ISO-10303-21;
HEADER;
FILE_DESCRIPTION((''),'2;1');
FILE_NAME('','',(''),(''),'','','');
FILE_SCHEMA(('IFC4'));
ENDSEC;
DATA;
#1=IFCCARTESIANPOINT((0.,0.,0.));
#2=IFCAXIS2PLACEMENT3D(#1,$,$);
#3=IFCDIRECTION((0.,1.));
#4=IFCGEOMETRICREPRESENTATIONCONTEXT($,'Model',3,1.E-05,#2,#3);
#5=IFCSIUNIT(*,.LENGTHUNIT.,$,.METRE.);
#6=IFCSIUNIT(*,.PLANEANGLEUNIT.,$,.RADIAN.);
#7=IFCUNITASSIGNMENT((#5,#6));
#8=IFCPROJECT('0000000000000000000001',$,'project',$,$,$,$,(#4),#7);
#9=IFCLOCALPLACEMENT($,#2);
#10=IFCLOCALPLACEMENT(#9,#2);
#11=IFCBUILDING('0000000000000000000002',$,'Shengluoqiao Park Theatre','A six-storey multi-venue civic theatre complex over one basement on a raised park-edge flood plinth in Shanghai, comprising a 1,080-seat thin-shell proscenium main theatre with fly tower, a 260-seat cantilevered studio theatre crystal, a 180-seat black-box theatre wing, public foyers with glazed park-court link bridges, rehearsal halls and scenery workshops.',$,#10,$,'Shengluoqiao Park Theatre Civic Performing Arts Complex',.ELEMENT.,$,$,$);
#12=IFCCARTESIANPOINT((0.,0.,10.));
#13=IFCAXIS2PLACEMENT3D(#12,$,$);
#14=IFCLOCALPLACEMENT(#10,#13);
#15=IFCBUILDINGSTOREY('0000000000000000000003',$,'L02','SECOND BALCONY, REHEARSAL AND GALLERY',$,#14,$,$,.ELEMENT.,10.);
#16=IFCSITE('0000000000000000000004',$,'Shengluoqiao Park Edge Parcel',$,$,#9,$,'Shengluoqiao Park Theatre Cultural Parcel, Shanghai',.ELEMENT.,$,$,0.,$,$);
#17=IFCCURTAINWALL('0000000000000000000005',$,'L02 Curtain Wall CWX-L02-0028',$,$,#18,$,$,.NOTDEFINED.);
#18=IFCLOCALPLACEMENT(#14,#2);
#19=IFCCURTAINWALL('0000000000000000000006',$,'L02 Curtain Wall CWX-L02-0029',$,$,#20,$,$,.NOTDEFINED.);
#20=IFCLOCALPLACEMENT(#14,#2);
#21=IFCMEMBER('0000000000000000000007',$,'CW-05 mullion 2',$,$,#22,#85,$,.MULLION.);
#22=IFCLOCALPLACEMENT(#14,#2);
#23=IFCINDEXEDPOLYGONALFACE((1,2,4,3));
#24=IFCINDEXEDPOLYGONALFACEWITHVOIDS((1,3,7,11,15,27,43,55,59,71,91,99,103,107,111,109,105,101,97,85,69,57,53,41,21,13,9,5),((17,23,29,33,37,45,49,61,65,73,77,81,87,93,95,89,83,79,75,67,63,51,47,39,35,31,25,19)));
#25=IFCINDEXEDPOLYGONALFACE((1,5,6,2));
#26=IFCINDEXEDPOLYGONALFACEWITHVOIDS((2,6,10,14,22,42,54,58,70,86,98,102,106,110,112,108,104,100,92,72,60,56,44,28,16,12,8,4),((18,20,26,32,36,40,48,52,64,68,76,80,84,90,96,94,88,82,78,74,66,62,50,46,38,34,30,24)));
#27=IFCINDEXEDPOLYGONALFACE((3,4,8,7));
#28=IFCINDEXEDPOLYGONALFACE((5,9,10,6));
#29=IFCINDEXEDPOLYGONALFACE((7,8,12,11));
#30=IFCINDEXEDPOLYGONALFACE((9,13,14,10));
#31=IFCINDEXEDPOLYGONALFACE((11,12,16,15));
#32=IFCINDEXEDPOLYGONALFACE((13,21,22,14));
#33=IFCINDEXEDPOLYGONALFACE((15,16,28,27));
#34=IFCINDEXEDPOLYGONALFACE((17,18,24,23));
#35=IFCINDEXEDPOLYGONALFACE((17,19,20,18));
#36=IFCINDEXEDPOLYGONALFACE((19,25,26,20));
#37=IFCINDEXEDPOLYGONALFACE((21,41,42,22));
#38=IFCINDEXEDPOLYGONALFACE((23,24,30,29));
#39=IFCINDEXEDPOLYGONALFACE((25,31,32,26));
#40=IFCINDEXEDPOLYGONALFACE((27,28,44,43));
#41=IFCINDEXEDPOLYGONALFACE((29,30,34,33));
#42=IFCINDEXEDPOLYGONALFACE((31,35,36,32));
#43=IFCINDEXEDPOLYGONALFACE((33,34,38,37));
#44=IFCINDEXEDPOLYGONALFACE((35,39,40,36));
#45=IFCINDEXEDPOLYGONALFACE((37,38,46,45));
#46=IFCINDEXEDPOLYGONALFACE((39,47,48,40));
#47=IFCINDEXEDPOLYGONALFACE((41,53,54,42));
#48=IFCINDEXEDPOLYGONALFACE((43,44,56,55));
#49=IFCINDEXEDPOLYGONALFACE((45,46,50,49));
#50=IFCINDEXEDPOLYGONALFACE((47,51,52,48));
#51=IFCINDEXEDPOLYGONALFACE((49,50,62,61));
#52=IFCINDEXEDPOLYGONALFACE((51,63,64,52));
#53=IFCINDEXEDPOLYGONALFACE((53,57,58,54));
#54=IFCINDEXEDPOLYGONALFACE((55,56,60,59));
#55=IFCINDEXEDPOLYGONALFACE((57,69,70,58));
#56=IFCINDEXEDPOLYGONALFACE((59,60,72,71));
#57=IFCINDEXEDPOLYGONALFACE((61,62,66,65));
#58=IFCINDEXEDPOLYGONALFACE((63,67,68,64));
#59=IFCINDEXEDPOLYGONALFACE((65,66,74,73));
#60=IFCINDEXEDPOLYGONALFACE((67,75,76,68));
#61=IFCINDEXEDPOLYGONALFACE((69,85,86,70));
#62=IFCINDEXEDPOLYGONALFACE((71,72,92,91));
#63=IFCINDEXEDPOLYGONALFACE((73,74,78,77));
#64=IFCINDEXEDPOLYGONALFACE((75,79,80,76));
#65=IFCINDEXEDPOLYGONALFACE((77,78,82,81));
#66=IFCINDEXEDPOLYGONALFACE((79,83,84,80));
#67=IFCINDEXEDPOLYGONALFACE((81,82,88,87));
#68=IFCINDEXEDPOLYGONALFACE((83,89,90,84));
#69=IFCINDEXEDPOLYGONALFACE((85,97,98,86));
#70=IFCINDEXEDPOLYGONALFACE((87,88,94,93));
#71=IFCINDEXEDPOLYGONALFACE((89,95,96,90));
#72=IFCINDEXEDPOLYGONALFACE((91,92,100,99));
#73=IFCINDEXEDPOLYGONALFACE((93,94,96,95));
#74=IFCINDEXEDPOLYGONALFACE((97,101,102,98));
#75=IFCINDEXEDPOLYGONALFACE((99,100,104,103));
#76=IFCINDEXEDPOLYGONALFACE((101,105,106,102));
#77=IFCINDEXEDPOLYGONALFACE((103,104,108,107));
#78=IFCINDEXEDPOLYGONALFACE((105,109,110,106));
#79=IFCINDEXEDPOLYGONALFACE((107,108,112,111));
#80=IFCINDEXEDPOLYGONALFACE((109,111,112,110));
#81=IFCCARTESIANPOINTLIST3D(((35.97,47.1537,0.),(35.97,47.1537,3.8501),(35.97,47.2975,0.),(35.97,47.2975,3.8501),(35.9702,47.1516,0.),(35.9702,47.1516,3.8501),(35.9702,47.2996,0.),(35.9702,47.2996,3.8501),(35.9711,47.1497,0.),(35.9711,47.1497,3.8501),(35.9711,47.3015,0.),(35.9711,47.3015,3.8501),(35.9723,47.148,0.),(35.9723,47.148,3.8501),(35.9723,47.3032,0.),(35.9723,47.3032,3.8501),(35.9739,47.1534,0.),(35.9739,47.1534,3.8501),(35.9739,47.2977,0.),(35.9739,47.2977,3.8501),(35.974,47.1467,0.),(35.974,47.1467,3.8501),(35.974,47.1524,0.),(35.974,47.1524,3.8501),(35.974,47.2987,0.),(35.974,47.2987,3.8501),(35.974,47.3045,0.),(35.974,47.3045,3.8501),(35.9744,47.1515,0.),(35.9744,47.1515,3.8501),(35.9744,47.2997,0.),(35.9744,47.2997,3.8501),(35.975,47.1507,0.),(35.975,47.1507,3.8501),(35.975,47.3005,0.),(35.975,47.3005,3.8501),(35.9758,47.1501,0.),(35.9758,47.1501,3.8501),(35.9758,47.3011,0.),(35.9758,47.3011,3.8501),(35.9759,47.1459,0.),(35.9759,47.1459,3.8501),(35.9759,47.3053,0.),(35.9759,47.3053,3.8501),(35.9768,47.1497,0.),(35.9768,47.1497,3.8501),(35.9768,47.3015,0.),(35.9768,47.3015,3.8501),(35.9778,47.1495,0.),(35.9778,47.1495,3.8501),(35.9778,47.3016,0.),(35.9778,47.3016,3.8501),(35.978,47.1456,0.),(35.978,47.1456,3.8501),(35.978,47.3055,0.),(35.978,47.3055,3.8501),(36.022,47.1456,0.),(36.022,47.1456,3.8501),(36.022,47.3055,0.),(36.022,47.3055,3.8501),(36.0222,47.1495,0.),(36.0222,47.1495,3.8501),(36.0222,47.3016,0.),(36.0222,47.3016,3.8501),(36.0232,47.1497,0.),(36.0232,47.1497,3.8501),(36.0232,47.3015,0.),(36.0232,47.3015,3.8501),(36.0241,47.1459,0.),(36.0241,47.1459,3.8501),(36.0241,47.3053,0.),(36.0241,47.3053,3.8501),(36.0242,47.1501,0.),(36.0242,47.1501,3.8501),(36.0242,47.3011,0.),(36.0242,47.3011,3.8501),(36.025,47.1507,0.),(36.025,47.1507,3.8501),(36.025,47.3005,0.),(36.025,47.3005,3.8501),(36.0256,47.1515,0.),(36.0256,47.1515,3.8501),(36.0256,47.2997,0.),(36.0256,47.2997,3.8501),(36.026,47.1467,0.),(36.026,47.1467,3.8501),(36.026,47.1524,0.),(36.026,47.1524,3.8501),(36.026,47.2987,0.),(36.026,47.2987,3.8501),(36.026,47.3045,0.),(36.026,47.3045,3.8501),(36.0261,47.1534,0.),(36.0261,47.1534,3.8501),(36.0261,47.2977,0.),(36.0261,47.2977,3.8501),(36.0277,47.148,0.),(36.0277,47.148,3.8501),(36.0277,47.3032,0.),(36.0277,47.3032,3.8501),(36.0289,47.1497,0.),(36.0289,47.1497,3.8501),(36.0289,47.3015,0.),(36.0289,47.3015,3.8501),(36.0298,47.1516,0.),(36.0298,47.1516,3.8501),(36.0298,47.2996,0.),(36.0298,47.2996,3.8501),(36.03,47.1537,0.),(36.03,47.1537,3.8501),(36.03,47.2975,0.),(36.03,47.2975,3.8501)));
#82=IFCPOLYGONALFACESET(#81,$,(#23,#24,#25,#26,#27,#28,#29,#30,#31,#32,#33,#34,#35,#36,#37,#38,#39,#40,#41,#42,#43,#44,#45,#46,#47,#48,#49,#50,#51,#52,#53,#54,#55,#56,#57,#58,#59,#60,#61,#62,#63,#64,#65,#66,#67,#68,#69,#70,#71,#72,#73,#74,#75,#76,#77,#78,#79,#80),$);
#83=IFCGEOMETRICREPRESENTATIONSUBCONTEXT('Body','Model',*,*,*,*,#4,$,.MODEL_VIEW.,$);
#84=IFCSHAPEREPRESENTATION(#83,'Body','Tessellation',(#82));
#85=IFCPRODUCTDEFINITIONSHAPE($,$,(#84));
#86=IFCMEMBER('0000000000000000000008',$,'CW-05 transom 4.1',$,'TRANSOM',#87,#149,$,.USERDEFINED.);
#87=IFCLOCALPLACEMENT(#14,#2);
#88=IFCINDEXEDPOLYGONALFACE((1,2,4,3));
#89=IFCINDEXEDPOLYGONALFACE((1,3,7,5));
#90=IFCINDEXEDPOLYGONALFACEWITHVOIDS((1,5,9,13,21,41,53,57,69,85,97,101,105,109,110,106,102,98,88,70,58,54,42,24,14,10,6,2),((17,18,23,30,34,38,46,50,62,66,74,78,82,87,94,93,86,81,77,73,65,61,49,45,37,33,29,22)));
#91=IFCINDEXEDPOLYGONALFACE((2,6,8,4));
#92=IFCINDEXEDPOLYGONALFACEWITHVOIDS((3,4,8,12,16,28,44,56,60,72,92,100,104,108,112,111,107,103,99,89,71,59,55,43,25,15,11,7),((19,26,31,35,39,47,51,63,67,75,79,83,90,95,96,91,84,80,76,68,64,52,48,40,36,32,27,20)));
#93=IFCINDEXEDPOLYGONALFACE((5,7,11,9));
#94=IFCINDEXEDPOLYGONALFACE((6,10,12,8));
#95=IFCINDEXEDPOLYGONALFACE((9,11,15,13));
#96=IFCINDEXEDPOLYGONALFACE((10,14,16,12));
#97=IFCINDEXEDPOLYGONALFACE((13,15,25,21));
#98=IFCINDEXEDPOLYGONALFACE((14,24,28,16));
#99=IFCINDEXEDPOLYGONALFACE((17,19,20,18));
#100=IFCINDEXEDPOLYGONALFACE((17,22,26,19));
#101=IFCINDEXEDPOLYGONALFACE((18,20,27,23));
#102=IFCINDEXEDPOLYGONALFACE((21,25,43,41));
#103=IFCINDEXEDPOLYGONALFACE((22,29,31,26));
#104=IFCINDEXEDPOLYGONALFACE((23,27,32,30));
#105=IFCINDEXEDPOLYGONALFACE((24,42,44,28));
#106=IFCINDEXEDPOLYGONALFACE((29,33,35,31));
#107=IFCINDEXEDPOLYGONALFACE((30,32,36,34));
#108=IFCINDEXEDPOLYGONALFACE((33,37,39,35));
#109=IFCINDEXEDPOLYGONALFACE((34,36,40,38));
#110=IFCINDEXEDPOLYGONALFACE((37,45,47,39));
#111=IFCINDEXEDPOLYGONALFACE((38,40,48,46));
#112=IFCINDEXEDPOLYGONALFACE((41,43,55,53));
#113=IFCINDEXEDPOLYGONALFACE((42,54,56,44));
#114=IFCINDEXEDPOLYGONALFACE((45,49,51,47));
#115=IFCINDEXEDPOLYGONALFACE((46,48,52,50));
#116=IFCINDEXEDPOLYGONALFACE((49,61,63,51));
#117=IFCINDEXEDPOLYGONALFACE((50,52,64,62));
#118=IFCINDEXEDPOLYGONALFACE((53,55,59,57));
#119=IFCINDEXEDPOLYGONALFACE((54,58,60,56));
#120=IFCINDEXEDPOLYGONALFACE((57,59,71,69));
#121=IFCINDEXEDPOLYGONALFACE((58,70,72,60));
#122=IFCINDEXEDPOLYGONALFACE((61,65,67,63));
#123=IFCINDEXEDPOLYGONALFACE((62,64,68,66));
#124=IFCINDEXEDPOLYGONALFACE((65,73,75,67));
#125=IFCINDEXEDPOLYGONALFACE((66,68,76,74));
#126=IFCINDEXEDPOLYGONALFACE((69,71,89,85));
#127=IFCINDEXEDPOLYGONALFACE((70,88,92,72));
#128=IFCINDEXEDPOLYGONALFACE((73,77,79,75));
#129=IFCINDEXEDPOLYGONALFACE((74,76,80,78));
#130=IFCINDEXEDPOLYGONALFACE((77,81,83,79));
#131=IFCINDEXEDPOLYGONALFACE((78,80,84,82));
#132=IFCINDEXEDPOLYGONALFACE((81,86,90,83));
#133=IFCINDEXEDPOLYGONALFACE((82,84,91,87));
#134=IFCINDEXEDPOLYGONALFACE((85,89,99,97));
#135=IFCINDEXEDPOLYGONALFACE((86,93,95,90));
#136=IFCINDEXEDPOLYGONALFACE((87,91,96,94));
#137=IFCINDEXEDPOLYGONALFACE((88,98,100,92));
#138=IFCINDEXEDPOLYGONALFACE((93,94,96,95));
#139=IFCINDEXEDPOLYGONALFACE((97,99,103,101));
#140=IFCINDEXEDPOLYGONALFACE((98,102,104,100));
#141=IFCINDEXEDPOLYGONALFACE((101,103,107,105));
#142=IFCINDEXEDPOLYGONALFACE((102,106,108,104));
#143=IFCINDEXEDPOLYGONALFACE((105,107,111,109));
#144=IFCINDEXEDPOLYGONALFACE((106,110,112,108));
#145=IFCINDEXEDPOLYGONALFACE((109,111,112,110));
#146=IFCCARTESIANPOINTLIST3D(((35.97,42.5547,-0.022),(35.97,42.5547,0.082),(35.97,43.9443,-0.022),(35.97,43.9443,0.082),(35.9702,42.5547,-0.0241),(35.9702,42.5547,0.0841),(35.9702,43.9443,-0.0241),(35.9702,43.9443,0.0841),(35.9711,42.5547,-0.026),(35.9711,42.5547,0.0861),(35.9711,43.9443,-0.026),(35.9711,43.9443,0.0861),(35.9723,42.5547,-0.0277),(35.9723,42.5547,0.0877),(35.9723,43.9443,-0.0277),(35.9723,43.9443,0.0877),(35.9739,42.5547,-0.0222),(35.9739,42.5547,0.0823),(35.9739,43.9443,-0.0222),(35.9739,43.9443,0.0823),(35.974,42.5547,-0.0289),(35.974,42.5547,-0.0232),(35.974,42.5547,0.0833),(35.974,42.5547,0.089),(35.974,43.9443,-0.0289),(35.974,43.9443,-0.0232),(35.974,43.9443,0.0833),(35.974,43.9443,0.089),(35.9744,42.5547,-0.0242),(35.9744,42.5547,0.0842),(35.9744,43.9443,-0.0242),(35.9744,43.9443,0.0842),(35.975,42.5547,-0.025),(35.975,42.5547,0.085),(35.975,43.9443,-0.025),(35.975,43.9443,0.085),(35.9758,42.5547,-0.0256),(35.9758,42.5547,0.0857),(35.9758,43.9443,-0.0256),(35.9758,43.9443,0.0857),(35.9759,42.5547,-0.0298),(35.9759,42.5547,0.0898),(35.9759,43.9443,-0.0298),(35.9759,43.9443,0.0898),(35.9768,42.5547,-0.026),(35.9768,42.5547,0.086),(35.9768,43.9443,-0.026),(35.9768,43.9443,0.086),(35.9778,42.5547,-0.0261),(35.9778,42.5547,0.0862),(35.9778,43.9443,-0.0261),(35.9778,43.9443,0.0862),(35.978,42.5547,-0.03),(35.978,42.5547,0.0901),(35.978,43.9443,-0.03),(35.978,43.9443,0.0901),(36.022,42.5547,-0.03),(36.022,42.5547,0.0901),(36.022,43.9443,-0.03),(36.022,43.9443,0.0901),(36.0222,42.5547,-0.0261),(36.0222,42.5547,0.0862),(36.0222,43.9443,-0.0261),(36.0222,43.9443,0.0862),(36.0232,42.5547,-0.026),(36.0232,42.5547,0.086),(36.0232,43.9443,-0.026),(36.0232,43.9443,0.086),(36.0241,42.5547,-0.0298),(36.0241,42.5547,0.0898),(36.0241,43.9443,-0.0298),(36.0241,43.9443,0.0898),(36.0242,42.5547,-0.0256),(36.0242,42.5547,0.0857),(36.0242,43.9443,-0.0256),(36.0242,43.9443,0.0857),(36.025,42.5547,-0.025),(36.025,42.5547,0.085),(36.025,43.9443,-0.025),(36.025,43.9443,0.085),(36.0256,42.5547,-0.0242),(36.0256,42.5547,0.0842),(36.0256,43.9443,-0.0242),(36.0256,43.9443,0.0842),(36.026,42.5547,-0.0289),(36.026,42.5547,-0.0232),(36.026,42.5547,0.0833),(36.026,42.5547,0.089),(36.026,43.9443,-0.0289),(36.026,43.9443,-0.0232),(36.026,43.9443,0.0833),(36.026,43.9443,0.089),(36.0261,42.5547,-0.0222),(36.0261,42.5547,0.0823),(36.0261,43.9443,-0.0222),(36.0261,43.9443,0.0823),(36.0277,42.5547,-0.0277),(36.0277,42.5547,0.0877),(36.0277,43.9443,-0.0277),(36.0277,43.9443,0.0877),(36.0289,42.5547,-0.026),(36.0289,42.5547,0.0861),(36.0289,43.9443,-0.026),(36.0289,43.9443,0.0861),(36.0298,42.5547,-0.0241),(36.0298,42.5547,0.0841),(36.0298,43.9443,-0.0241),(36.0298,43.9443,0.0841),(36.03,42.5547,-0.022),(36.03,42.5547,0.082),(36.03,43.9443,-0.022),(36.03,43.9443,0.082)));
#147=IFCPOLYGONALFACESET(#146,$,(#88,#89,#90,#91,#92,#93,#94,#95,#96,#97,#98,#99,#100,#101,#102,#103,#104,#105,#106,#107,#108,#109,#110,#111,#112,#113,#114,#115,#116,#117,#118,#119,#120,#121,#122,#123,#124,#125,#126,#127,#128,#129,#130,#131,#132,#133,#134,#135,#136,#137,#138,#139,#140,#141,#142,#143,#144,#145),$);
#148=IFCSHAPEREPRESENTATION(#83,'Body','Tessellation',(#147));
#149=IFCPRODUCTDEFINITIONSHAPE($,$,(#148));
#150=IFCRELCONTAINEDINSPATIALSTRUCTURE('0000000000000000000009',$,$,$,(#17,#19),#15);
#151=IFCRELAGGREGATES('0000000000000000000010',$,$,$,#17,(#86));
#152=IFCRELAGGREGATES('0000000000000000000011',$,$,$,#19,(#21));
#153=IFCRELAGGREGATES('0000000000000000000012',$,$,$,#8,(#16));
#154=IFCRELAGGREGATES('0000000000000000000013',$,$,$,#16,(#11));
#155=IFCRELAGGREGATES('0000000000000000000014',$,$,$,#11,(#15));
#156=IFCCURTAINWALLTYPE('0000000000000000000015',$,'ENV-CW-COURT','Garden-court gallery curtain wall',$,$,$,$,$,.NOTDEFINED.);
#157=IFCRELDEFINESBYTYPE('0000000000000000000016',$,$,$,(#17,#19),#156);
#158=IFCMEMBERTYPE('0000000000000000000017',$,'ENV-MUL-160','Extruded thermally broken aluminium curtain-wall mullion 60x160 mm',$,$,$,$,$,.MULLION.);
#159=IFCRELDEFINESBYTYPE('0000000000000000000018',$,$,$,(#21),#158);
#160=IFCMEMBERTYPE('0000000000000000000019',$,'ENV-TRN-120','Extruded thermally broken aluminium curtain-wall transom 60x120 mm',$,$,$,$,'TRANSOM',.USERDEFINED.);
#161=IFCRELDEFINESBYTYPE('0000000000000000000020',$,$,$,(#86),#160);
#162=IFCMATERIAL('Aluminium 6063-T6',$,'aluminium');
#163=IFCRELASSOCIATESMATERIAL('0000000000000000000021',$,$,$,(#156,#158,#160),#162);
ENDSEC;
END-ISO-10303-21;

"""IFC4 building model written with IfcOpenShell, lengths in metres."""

from ifc_helpers import new_model, si_unit, direction, frame, origin, origin_2d, place, context, subcontext, project, spatial, hollow_rectangle, extrude, material, material_profile, profile_set, type_object, element, aggregate, save


model = new_model("IFC4")

# Units and contexts
model_context = context("Model", 3, precision=1e-05, world=origin(), true_north=direction((0.0, 1.0)))
body_context = subcontext(model_context, "Body", "Model", "MODEL_VIEW")
ifc_project = project(units=[si_unit("LENGTHUNIT", "METRE"), si_unit("PLANEANGLEUNIT", "RADIAN")], contexts=[model_context])

# Site, building, storey
site_placement = place(None, origin())
site = spatial("IfcSite", under=ifc_project, at=site_placement, Name="Shengluoqiao Park Edge Parcel", LongName="Shengluoqiao Park Theatre Cultural Parcel, Shanghai", CompositionType="ELEMENT", RefElevation=0.0)
building_placement = place(site_placement, origin())
building = spatial("IfcBuilding", under=site, at=building_placement, Name="Shengluoqiao Park Theatre", Description="A six-storey multi-venue civic theatre complex over one basement on a raised park-edge flood plinth in Shanghai, comprising a 1,080-seat thin-shell proscenium main theatre with fly tower, a 260-seat cantilevered studio theatre crystal, a 180-seat black-box theatre wing, public foyers with glazed park-court link bridges, rehearsal halls and scenery workshops.", LongName="Shengluoqiao Park Theatre Civic Performing Arts Complex", CompositionType="ELEMENT")
storey_placement = place(building_placement, frame((0.0, 0.0, 10.0)))
storey = spatial("IfcBuildingStorey", under=building, at=storey_placement, Name="L02", Description="SECOND BALCONY, REHEARSAL AND GALLERY", CompositionType="ELEMENT", Elevation=10.0)

# Curtain walls, member
ifc_material_1 = material(Name="Aluminium 6063-T6", Category="aluminium")
curtain_wall_type = type_object("IfcCurtainWallType", Name="ENV-CW-COURT", Description="Garden-court gallery curtain wall", PredefinedType="NOTDEFINED", material=ifc_material_1)
curtain_wall_1_placement = place(storey_placement, origin())
curtain_wall_1 = element("IfcCurtainWall", 1, at=curtain_wall_1_placement, inside=storey, type_object=curtain_wall_type, Name="L02 Curtain Wall CWX-L02-0028", PredefinedType="NOTDEFINED")
ifc_material_profile_1 = material_profile(ifc_material_1, hollow_rectangle(XDim=0.0601, YDim=0.1599, WallThickness=0.0039, InnerFilletRadius=0.0039, OuterFilletRadius=0.0081, at=origin_2d()), Name="ALU MULLION 160x60x4")
ifc_profile_set_1 = profile_set([ifc_material_profile_1], Name="Aluminium 6063-T6")
member_type_1 = type_object("IfcMemberType", Name="ENV-MUL-160", Description="Extruded thermally broken aluminium curtain-wall mullion 60x160 mm", PredefinedType="MULLION", material=ifc_profile_set_1)
curtain_wall_2_placement = place(storey_placement, origin())
curtain_wall_2 = element("IfcCurtainWall", 2, at=curtain_wall_2_placement, inside=storey, type_object=curtain_wall_type, Name="L02 Curtain Wall CWX-L02-0029", PredefinedType="NOTDEFINED")
member_1_placement = place(storey_placement, frame((36.0, 47.2256, 0.0), z_axis=(0.0, 0.0, 1.0), x_axis=(-1.0, 0.0, 0.0)))
member_1 = element("IfcMember", 3, at=member_1_placement, type_object=member_type_1, Name="CW-05 mullion 2", PredefinedType="MULLION", context=body_context, shape_type="SweptSolid", body=[
    extrude(hollow_rectangle(XDim=0.0601, YDim=0.1599, WallThickness=0.0039, InnerFilletRadius=0.0039, OuterFilletRadius=0.0081, at=origin_2d()), origin(), (0.0, 0.0, 1.0), 3.8501),
])

# Member
ifc_material_profile_2 = material_profile(ifc_material_1, hollow_rectangle(XDim=0.0601, YDim=0.1201, WallThickness=0.0039, InnerFilletRadius=0.0039, OuterFilletRadius=0.0081, at=origin_2d()), Name="ALU TRANSOM 120x60x4")
ifc_profile_set_2 = profile_set([ifc_material_profile_2], Name="Aluminium 6063-T6")
member_type_2 = type_object("IfcMemberType", Name="ENV-TRN-120", Description="Extruded thermally broken aluminium curtain-wall transom 60x120 mm", ElementType="TRANSOM", PredefinedType="USERDEFINED", material=ifc_profile_set_2)
member_2_placement = place(storey_placement, frame((36.0, 42.5547, 0.03), z_axis=(0.0, 1.0, 0.0), x_axis=(-1.0, 0.0, 0.0)))
member_2 = element("IfcMember", 4, at=member_2_placement, type_object=member_type_2, Name="CW-05 transom 4.1", ObjectType="TRANSOM", PredefinedType="USERDEFINED", context=body_context, shape_type="SweptSolid", body=[
    extrude(hollow_rectangle(XDim=0.0601, YDim=0.1201, WallThickness=0.0039, InnerFilletRadius=0.0039, OuterFilletRadius=0.0081, at=origin_2d()), origin(), (0.0, 0.0, 1.0), 1.3896),
])

aggregate(curtain_wall_1, [member_2])
aggregate(curtain_wall_2, [member_1])

save(model, "model.ifc")
